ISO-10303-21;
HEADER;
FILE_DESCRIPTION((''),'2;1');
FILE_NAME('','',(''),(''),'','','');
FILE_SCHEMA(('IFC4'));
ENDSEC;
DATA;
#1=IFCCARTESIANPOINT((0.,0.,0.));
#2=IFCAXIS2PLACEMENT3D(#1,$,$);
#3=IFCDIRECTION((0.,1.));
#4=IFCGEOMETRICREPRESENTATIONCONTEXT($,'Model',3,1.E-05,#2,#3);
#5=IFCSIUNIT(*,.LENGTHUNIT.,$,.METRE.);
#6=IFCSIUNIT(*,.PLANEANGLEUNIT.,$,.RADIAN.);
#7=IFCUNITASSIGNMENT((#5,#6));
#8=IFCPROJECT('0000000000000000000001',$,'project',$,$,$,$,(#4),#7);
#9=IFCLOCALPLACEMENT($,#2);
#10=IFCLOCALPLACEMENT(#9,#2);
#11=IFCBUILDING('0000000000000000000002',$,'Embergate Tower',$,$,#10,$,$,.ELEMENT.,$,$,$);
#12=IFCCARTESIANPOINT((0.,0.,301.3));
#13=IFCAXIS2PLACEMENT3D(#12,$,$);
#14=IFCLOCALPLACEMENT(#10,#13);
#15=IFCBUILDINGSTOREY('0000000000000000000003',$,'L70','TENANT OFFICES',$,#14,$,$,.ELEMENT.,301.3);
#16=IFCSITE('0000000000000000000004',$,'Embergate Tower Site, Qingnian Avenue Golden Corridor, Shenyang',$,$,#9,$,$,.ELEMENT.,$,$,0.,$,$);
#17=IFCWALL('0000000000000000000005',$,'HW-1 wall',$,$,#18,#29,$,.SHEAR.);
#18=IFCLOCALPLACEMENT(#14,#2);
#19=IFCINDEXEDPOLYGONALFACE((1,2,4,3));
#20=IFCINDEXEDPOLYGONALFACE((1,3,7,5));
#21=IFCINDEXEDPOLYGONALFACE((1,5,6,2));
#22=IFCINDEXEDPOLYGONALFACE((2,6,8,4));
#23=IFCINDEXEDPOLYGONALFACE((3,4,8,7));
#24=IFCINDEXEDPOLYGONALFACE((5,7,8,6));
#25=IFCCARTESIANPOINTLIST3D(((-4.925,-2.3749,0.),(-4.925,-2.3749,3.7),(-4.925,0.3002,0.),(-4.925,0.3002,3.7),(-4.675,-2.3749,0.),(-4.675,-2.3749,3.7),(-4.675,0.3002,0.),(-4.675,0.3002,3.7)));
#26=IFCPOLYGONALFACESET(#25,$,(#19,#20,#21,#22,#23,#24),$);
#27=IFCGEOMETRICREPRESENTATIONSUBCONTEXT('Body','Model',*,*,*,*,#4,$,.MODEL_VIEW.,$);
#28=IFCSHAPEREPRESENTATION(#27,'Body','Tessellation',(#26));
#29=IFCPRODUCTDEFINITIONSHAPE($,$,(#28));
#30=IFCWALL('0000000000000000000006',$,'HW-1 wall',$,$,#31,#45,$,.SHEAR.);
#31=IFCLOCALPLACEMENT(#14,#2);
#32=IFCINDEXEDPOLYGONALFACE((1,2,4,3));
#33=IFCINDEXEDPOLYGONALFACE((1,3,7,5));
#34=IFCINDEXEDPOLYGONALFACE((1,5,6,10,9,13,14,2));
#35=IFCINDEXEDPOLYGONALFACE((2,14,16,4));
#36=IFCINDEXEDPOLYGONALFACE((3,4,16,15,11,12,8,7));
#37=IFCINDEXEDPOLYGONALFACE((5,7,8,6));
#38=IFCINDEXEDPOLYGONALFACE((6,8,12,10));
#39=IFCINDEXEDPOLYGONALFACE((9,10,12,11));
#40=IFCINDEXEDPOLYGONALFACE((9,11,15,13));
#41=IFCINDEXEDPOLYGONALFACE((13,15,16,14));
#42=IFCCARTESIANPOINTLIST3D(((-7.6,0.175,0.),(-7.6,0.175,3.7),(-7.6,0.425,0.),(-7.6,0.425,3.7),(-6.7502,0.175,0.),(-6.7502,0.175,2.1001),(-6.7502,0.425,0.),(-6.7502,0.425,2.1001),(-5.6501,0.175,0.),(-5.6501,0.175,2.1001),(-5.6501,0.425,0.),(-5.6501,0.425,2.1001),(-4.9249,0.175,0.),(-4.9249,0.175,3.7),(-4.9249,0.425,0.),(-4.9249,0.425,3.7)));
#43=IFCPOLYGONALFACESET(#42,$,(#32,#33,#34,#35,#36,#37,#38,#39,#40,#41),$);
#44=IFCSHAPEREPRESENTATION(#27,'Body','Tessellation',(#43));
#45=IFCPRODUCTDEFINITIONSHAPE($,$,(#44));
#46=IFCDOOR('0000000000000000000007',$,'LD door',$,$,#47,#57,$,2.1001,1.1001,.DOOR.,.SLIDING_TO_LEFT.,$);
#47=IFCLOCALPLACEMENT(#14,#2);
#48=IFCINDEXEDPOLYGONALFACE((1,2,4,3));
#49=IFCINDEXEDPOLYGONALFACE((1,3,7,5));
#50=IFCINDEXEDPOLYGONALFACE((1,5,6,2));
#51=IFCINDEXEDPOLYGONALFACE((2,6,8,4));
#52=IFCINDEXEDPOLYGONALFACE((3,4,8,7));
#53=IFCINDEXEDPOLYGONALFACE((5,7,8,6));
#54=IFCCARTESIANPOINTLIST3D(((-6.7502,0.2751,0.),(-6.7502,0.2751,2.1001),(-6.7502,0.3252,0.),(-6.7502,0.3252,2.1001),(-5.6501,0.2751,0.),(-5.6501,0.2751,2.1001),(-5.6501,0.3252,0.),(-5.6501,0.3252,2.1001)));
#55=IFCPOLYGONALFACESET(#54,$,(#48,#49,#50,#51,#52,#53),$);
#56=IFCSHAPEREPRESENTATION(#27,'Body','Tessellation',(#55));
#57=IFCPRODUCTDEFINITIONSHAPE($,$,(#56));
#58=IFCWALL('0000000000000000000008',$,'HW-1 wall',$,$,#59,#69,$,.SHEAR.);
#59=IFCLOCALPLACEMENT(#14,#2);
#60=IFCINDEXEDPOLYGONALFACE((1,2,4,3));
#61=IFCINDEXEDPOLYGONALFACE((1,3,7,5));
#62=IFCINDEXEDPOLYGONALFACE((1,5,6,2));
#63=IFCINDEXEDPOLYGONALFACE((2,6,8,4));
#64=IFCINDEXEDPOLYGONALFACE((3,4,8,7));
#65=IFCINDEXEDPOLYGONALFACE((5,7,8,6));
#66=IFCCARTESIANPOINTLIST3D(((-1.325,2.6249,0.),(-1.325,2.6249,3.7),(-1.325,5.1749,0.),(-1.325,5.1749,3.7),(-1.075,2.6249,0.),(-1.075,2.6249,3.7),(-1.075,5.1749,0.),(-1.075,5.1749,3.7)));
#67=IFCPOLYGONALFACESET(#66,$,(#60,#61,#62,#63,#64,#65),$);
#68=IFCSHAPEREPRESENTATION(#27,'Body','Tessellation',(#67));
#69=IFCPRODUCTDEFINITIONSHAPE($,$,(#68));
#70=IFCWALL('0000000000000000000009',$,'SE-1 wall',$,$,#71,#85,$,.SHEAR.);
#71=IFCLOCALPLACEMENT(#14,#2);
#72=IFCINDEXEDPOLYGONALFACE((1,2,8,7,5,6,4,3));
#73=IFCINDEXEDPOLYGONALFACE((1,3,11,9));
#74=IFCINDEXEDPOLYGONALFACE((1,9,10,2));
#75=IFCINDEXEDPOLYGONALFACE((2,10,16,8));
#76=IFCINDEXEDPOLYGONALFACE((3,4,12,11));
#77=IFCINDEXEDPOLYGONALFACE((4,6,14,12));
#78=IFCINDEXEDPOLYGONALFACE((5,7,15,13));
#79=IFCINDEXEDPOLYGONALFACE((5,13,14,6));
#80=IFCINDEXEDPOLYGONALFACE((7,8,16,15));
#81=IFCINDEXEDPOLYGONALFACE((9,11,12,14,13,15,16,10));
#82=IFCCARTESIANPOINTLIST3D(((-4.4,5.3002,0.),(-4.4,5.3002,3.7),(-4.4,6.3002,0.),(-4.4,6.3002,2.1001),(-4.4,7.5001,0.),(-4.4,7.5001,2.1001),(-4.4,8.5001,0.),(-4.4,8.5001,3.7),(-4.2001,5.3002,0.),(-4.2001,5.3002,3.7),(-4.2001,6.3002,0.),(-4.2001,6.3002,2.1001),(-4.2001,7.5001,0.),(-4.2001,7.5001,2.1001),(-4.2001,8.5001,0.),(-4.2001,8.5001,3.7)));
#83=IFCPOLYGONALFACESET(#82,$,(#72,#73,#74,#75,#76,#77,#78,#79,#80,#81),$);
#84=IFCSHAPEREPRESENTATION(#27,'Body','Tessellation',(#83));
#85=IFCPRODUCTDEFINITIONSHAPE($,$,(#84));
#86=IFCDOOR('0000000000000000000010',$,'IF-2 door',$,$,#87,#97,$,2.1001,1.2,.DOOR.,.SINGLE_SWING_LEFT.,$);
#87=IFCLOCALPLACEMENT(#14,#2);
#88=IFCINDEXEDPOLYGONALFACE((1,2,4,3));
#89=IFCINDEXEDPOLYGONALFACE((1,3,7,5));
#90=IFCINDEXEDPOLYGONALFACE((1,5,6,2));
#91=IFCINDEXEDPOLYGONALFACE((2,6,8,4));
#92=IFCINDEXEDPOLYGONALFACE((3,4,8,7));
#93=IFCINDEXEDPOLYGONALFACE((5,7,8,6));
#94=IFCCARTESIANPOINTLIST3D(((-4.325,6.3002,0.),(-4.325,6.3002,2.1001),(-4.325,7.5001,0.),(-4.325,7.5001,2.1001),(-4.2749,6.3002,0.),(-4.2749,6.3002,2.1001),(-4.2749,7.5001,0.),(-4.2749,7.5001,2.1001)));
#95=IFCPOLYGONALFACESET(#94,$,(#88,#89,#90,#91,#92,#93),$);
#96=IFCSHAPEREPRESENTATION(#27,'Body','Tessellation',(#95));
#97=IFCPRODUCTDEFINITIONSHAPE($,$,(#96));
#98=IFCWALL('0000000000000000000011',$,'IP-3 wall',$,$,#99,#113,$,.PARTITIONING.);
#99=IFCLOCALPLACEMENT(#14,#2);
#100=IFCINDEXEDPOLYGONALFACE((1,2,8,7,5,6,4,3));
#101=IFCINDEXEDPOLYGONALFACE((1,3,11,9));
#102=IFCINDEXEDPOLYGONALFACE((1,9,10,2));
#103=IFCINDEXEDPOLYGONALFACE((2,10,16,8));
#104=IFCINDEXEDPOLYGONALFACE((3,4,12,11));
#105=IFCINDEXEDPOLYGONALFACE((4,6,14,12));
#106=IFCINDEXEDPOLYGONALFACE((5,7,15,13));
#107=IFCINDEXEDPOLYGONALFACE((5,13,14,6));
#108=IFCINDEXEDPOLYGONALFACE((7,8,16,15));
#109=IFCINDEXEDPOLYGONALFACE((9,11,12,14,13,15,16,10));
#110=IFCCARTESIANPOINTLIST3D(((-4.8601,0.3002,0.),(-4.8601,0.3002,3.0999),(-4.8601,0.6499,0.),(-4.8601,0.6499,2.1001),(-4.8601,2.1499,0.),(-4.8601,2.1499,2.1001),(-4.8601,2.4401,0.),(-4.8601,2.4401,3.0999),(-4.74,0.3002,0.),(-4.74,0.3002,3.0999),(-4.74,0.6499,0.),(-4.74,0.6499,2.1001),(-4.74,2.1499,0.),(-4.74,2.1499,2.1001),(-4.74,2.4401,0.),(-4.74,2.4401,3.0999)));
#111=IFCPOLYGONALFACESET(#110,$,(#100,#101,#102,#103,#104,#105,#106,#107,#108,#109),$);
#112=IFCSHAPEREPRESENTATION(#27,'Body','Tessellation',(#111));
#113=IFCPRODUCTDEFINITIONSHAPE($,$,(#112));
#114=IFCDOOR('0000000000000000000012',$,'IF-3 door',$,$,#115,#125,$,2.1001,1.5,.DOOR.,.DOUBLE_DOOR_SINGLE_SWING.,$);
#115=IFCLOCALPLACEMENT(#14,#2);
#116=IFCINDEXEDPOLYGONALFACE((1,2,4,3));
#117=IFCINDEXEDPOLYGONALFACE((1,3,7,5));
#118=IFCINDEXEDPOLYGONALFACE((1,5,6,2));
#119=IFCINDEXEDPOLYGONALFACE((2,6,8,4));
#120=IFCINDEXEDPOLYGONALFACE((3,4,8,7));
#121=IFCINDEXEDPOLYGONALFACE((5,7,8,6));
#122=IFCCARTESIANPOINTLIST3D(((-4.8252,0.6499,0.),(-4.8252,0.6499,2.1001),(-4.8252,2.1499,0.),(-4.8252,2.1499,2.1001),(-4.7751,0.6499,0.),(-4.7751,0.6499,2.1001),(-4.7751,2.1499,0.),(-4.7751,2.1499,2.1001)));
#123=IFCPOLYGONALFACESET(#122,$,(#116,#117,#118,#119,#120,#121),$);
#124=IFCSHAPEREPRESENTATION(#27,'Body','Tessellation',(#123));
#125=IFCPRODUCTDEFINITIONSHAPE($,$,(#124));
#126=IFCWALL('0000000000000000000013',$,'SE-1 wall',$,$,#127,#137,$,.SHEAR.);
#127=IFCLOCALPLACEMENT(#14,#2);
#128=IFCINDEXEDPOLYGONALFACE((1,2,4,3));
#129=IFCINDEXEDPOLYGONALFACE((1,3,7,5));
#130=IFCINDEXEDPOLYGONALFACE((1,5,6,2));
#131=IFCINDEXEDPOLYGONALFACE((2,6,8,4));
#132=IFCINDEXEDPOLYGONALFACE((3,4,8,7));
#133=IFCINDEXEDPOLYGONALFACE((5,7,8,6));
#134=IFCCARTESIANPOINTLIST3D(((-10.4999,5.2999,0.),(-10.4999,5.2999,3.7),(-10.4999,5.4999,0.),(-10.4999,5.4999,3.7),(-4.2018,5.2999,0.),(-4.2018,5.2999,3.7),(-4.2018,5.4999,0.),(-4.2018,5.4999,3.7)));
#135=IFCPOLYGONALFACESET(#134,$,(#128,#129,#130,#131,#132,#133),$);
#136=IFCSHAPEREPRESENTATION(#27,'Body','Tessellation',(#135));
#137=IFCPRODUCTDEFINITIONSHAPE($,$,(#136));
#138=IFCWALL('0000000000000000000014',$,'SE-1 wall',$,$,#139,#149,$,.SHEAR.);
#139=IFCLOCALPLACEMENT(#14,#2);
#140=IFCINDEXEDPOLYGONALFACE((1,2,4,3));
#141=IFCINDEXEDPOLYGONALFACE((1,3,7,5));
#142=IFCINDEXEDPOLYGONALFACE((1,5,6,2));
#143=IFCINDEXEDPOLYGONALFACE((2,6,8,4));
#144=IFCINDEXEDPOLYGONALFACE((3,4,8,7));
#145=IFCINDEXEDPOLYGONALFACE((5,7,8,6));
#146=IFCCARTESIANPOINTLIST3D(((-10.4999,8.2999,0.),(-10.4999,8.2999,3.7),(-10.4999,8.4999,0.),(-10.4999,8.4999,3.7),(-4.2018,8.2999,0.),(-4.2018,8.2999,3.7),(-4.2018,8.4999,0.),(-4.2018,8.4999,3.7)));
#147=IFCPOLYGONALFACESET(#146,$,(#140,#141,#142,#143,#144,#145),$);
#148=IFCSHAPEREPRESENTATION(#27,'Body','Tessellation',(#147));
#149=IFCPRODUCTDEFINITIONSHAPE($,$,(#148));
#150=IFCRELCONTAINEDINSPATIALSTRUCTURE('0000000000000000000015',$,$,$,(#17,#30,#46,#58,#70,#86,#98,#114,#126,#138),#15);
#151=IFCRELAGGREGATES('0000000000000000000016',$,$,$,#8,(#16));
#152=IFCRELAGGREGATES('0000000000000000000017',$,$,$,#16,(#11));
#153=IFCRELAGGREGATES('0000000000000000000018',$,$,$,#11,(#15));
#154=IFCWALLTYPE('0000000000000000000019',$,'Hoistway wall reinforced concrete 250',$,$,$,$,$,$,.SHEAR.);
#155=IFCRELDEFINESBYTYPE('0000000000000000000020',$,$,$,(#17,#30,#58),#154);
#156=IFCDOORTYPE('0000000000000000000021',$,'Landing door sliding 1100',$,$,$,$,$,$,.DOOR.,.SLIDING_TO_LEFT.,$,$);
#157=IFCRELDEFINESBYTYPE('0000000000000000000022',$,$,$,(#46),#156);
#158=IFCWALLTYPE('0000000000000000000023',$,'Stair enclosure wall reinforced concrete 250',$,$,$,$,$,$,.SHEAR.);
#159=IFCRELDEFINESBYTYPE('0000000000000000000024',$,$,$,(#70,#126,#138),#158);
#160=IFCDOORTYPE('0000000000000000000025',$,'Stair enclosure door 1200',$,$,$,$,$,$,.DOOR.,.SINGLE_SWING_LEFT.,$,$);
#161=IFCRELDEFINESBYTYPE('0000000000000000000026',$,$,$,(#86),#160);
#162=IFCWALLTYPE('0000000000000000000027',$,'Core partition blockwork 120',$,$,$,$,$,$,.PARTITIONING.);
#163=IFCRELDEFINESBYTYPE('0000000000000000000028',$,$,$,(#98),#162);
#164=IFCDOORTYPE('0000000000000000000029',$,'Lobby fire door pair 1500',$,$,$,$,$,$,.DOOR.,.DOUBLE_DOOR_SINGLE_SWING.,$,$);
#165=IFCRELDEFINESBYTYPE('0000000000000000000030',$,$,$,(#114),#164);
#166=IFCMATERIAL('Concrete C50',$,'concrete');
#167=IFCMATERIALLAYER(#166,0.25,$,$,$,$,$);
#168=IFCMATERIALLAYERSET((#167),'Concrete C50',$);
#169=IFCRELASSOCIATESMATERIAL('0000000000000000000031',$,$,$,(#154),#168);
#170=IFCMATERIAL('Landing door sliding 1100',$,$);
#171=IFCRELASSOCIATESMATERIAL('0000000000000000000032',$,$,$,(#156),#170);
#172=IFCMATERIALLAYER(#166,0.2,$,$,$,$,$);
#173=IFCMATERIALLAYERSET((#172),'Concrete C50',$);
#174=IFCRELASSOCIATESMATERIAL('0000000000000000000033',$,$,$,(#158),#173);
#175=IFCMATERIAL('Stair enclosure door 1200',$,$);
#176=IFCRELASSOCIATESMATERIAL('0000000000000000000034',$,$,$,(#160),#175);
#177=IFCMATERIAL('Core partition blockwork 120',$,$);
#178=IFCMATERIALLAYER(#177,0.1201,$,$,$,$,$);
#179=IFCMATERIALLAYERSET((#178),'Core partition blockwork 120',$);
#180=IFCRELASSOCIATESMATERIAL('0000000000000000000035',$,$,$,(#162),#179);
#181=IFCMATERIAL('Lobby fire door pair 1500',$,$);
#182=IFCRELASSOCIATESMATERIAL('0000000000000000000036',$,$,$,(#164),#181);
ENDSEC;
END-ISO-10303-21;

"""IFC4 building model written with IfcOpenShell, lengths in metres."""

from ifc_helpers import new_model, si_unit, direction, frame, frame_2d, origin, place, context, subcontext, project, spatial, rectangle, extrude, source, transform, mapped, material, layer, layer_set, type_object, element, fill, save


model = new_model("IFC4")

# Units and contexts
model_context = context("Model", 3, precision=1e-05, world=origin(), true_north=direction((0.0, 1.0)))
body_context = subcontext(model_context, "Body", "Model", "MODEL_VIEW")
ifc_project = project(units=[si_unit("LENGTHUNIT", "METRE"), si_unit("PLANEANGLEUNIT", "RADIAN")], contexts=[model_context])

# Site, building, storey
site_placement = place(None, origin())
site = spatial("IfcSite", under=ifc_project, at=site_placement, Name="Embergate Tower Site, Qingnian Avenue Golden Corridor, Shenyang", CompositionType="ELEMENT", RefElevation=0.0)
building_placement = place(site_placement, origin())
building = spatial("IfcBuilding", under=site, at=building_placement, Name="Embergate Tower", CompositionType="ELEMENT")
storey_placement = place(building_placement, frame((0.0, 0.0, 301.3)))
storey = spatial("IfcBuildingStorey", under=building, at=storey_placement, Name="L70", Description="TENANT OFFICES", CompositionType="ELEMENT", Elevation=301.3)

# Wall
ifc_material_1 = material(Name="Concrete C50", Category="concrete")
ifc_layer_1 = layer(ifc_material_1, 0.25)
ifc_layer_set_1 = layer_set([ifc_layer_1], Name="Concrete C50")
wall_type_1 = type_object("IfcWallType", Name="Hoistway wall reinforced concrete 250", PredefinedType="SHEAR", material=ifc_layer_set_1)
shared_shape_1 = source(origin(), body_context, "Body", "SweptSolid", [
    extrude(rectangle(XDim=2.675, YDim=0.25, at=frame_2d((1.3374, 0.0))), origin(), (0.0, 0.0, 1.0), 3.7),
])
wall_1_placement = place(storey_placement, frame((-4.8, 0.3, 0.0), z_axis=(0.0, 0.0, 1.0), x_axis=(0.0, -1.0, 0.0)))
element("IfcWall", 1, at=wall_1_placement, inside=storey, type_object=wall_type_1, Name="HW-1 wall", PredefinedType="SHEAR", context=body_context, shape_type="MappedRepresentation", body=[
    mapped(shared_shape_1, transform((0.0, 0.0, 0.0))),
])

# Wall, opening, door
wall_2_placement = place(storey_placement, frame((-4.925, 0.3, 0.0), z_axis=(0.0, 0.0, 1.0), x_axis=(-1.0, 0.0, 0.0)))
wall_2 = element("IfcWall", 2, at=wall_2_placement, inside=storey, type_object=wall_type_1, Name="HW-1 wall", PredefinedType="SHEAR", context=body_context, shape_type="MappedRepresentation", body=[
    mapped(shared_shape_1, transform((0.0, 0.0, 0.0))),
])
shared_shape_2 = source(origin(), body_context, "Body", "SweptSolid", [
    extrude(rectangle(XDim=1.1001, YDim=2.1001, at=frame_2d((0.55, 1.05))), frame((0.0, 0.135, 0.0), z_axis=(0.0, -1.0, 0.0), x_axis=(1.0, 0.0, 0.0)), (0.0, 0.0, 1.0), 0.27),
])
opening_1_placement = place(wall_2_placement, frame((0.7251, 0.0, 0.0)))
opening_1 = element("IfcOpeningElement", 3, at=opening_1_placement, cuts=wall_2, PredefinedType="OPENING", context=body_context, shape_type="MappedRepresentation", body=[
    mapped(shared_shape_2, transform((0.0, 0.0, 0.0))),
])
ifc_material_2 = material(Name="Landing door sliding 1100")
door_type_1 = type_object("IfcDoorType", Name="Landing door sliding 1100", OperationType="SLIDING_TO_LEFT", PredefinedType="DOOR", material=ifc_material_2)
shared_shape_3 = source(origin(), body_context, "Body", "SweptSolid", [
    extrude(rectangle(XDim=1.1001, YDim=2.1001, at=frame_2d((0.55, 1.05))), frame((0.0, 0.0249, 0.0), z_axis=(0.0, -1.0, 0.0), x_axis=(1.0, 0.0, 0.0)), (0.0, 0.0, 1.0), 0.05),
])
door_1_placement = place(opening_1_placement, origin())
door_1 = element("IfcDoor", 4, at=door_1_placement, inside=storey, type_object=door_type_1, Name="LD door", OperationType="SLIDING_TO_LEFT", OverallHeight=2.1001, OverallWidth=1.1001, PredefinedType="DOOR", context=body_context, shape_type="MappedRepresentation", body=[
    mapped(shared_shape_3, transform((0.0, 0.0, 0.0))),
])
fill(opening_1, door_1)

# Wall
shared_shape_4 = source(origin(), body_context, "Body", "SweptSolid", [
    extrude(rectangle(XDim=2.55, YDim=0.25, at=frame_2d((1.2749, 0.0))), origin(), (0.0, 0.0, 1.0), 3.7),
])
wall_3_placement = place(storey_placement, frame((-1.2, 2.625, 0.0), z_axis=(0.0, 0.0, 1.0), x_axis=(0.0, 1.0, 0.0)))
element("IfcWall", 5, at=wall_3_placement, inside=storey, type_object=wall_type_1, Name="HW-1 wall", PredefinedType="SHEAR", context=body_context, shape_type="MappedRepresentation", body=[
    mapped(shared_shape_4, transform((0.0, 0.0, 0.0))),
])

# Walls, openings, doors
ifc_layer_2 = layer(ifc_material_1, 0.2)
ifc_layer_set_2 = layer_set([ifc_layer_2], Name="Concrete C50")
wall_type_2 = type_object("IfcWallType", Name="Stair enclosure wall reinforced concrete 250", PredefinedType="SHEAR", material=ifc_layer_set_2)
shared_shape_5 = source(origin(), body_context, "Body", "SweptSolid", [
    extrude(rectangle(XDim=3.2, YDim=0.2, at=frame_2d((1.6001, 0.0))), origin(), (0.0, 0.0, 1.0), 3.7),
])
wall_4_placement = place(storey_placement, frame((-4.3, 5.3, 0.0), z_axis=(0.0, 0.0, 1.0), x_axis=(0.0, 1.0, 0.0)))
wall_4 = element("IfcWall", 6, at=wall_4_placement, inside=storey, type_object=wall_type_2, Name="SE-1 wall", PredefinedType="SHEAR", context=body_context, shape_type="MappedRepresentation", body=[
    mapped(shared_shape_5, transform((0.0, 0.0, 0.0))),
])
shared_shape_6 = source(origin(), body_context, "Body", "SweptSolid", [
    extrude(rectangle(XDim=1.2, YDim=2.1001, at=frame_2d((0.6001, 1.05))), frame((0.0, 0.1099, 0.0), z_axis=(0.0, -1.0, 0.0), x_axis=(1.0, 0.0, 0.0)), (0.0, 0.0, 1.0), 0.22),
])
opening_2_placement = place(wall_4_placement, frame((1.0, 0.0, 0.0)))
opening_2 = element("IfcOpeningElement", 7, at=opening_2_placement, cuts=wall_4, PredefinedType="OPENING", context=body_context, shape_type="MappedRepresentation", body=[
    mapped(shared_shape_6, transform((0.0, 0.0, 0.0))),
])
ifc_material_3 = material(Name="Stair enclosure door 1200")
door_type_2 = type_object("IfcDoorType", Name="Stair enclosure door 1200", OperationType="SINGLE_SWING_LEFT", PredefinedType="DOOR", material=ifc_material_3)
shared_shape_7 = source(origin(), body_context, "Body", "SweptSolid", [
    extrude(rectangle(XDim=1.2, YDim=2.1001, at=frame_2d((0.6001, 1.05))), frame((0.0, 0.0249, 0.0), z_axis=(0.0, -1.0, 0.0), x_axis=(1.0, 0.0, 0.0)), (0.0, 0.0, 1.0), 0.05),
])
door_2_placement = place(opening_2_placement, origin())
door_2 = element("IfcDoor", 8, at=door_2_placement, inside=storey, type_object=door_type_2, Name="IF-2 door", OperationType="SINGLE_SWING_LEFT", OverallHeight=2.1001, OverallWidth=1.2, PredefinedType="DOOR", context=body_context, shape_type="MappedRepresentation", body=[
    mapped(shared_shape_7, transform((0.0, 0.0, 0.0))),
])
fill(opening_2, door_2)
ifc_material_4 = material(Name="Core partition blockwork 120")
ifc_layer_3 = layer(ifc_material_4, 0.1201)
ifc_layer_set_3 = layer_set([ifc_layer_3], Name="Core partition blockwork 120")
wall_type_3 = type_object("IfcWallType", Name="Core partition blockwork 120", PredefinedType="PARTITIONING", material=ifc_layer_set_3)
shared_shape_8 = source(origin(), body_context, "Body", "SweptSolid", [
    extrude(rectangle(XDim=2.1399, YDim=0.1201, at=frame_2d((1.0698, 0.0))), origin(), (0.0, 0.0, 1.0), 3.0999),
])
wall_5_placement = place(storey_placement, frame((-4.8, 2.4399, 0.0), z_axis=(0.0, 0.0, 1.0), x_axis=(0.0, -1.0, 0.0)))
wall_5 = element("IfcWall", 9, at=wall_5_placement, inside=storey, type_object=wall_type_3, Name="IP-3 wall", PredefinedType="PARTITIONING", context=body_context, shape_type="MappedRepresentation", body=[
    mapped(shared_shape_8, transform((0.0, 0.0, 0.0))),
])
shared_shape_9 = source(origin(), body_context, "Body", "SweptSolid", [
    extrude(rectangle(XDim=1.5, YDim=2.1001, at=frame_2d((0.75, 1.05))), frame((0.0, 0.0701, 0.0), z_axis=(0.0, -1.0, 0.0), x_axis=(1.0, 0.0, 0.0)), (0.0, 0.0, 1.0), 0.1401),
])
opening_3_placement = place(wall_5_placement, frame((0.29, 0.0, 0.0)))
opening_3 = element("IfcOpeningElement", 10, at=opening_3_placement, cuts=wall_5, PredefinedType="OPENING", context=body_context, shape_type="MappedRepresentation", body=[
    mapped(shared_shape_9, transform((0.0, 0.0, 0.0))),
])
ifc_material_5 = material(Name="Lobby fire door pair 1500")
door_type_3 = type_object("IfcDoorType", Name="Lobby fire door pair 1500", OperationType="DOUBLE_DOOR_SINGLE_SWING", PredefinedType="DOOR", material=ifc_material_5)
shared_shape_10 = source(origin(), body_context, "Body", "SweptSolid", [
    extrude(rectangle(XDim=1.5, YDim=2.1001, at=frame_2d((0.75, 1.05))), frame((0.0, 0.0249, 0.0), z_axis=(0.0, -1.0, 0.0), x_axis=(1.0, 0.0, 0.0)), (0.0, 0.0, 1.0), 0.05),
])
door_3_placement = place(opening_3_placement, origin())
door_3 = element("IfcDoor", 11, at=door_3_placement, inside=storey, type_object=door_type_3, Name="IF-3 door", OperationType="DOUBLE_DOOR_SINGLE_SWING", OverallHeight=2.1001, OverallWidth=1.5, PredefinedType="DOOR", context=body_context, shape_type="MappedRepresentation", body=[
    mapped(shared_shape_10, transform((0.0, 0.0, 0.0))),
])
fill(opening_3, door_3)

# Walls
shared_shape_11 = source(origin(), body_context, "Body", "SweptSolid", [
    extrude(rectangle(XDim=6.2981, YDim=0.2, at=frame_2d((3.1489, 0.0))), origin(), (0.0, 0.0, 1.0), 3.7),
])
for number, where, z_axis, x_axis, name in (
    (12, (-4.2019, 5.3999, 0.0), (0.0, 0.0, 1.0), (-1.0, 0.0, 0.0), "SE-1 wall"),
    (13, (-4.2019, 8.3999, 0.0), (0.0, 0.0, 1.0), (-1.0, 0.0, 0.0), "SE-1 wall"),
):
    element("IfcWall", number, at=place(storey_placement, frame(where, z_axis=z_axis, x_axis=x_axis)), inside=storey, type_object=wall_type_2, Name=name, PredefinedType="SHEAR", context=body_context, shape_type="MappedRepresentation", body=[
        mapped(shared_shape_11, transform((0.0, 0.0, 0.0))),
    ])

save(model, "model.ifc")
